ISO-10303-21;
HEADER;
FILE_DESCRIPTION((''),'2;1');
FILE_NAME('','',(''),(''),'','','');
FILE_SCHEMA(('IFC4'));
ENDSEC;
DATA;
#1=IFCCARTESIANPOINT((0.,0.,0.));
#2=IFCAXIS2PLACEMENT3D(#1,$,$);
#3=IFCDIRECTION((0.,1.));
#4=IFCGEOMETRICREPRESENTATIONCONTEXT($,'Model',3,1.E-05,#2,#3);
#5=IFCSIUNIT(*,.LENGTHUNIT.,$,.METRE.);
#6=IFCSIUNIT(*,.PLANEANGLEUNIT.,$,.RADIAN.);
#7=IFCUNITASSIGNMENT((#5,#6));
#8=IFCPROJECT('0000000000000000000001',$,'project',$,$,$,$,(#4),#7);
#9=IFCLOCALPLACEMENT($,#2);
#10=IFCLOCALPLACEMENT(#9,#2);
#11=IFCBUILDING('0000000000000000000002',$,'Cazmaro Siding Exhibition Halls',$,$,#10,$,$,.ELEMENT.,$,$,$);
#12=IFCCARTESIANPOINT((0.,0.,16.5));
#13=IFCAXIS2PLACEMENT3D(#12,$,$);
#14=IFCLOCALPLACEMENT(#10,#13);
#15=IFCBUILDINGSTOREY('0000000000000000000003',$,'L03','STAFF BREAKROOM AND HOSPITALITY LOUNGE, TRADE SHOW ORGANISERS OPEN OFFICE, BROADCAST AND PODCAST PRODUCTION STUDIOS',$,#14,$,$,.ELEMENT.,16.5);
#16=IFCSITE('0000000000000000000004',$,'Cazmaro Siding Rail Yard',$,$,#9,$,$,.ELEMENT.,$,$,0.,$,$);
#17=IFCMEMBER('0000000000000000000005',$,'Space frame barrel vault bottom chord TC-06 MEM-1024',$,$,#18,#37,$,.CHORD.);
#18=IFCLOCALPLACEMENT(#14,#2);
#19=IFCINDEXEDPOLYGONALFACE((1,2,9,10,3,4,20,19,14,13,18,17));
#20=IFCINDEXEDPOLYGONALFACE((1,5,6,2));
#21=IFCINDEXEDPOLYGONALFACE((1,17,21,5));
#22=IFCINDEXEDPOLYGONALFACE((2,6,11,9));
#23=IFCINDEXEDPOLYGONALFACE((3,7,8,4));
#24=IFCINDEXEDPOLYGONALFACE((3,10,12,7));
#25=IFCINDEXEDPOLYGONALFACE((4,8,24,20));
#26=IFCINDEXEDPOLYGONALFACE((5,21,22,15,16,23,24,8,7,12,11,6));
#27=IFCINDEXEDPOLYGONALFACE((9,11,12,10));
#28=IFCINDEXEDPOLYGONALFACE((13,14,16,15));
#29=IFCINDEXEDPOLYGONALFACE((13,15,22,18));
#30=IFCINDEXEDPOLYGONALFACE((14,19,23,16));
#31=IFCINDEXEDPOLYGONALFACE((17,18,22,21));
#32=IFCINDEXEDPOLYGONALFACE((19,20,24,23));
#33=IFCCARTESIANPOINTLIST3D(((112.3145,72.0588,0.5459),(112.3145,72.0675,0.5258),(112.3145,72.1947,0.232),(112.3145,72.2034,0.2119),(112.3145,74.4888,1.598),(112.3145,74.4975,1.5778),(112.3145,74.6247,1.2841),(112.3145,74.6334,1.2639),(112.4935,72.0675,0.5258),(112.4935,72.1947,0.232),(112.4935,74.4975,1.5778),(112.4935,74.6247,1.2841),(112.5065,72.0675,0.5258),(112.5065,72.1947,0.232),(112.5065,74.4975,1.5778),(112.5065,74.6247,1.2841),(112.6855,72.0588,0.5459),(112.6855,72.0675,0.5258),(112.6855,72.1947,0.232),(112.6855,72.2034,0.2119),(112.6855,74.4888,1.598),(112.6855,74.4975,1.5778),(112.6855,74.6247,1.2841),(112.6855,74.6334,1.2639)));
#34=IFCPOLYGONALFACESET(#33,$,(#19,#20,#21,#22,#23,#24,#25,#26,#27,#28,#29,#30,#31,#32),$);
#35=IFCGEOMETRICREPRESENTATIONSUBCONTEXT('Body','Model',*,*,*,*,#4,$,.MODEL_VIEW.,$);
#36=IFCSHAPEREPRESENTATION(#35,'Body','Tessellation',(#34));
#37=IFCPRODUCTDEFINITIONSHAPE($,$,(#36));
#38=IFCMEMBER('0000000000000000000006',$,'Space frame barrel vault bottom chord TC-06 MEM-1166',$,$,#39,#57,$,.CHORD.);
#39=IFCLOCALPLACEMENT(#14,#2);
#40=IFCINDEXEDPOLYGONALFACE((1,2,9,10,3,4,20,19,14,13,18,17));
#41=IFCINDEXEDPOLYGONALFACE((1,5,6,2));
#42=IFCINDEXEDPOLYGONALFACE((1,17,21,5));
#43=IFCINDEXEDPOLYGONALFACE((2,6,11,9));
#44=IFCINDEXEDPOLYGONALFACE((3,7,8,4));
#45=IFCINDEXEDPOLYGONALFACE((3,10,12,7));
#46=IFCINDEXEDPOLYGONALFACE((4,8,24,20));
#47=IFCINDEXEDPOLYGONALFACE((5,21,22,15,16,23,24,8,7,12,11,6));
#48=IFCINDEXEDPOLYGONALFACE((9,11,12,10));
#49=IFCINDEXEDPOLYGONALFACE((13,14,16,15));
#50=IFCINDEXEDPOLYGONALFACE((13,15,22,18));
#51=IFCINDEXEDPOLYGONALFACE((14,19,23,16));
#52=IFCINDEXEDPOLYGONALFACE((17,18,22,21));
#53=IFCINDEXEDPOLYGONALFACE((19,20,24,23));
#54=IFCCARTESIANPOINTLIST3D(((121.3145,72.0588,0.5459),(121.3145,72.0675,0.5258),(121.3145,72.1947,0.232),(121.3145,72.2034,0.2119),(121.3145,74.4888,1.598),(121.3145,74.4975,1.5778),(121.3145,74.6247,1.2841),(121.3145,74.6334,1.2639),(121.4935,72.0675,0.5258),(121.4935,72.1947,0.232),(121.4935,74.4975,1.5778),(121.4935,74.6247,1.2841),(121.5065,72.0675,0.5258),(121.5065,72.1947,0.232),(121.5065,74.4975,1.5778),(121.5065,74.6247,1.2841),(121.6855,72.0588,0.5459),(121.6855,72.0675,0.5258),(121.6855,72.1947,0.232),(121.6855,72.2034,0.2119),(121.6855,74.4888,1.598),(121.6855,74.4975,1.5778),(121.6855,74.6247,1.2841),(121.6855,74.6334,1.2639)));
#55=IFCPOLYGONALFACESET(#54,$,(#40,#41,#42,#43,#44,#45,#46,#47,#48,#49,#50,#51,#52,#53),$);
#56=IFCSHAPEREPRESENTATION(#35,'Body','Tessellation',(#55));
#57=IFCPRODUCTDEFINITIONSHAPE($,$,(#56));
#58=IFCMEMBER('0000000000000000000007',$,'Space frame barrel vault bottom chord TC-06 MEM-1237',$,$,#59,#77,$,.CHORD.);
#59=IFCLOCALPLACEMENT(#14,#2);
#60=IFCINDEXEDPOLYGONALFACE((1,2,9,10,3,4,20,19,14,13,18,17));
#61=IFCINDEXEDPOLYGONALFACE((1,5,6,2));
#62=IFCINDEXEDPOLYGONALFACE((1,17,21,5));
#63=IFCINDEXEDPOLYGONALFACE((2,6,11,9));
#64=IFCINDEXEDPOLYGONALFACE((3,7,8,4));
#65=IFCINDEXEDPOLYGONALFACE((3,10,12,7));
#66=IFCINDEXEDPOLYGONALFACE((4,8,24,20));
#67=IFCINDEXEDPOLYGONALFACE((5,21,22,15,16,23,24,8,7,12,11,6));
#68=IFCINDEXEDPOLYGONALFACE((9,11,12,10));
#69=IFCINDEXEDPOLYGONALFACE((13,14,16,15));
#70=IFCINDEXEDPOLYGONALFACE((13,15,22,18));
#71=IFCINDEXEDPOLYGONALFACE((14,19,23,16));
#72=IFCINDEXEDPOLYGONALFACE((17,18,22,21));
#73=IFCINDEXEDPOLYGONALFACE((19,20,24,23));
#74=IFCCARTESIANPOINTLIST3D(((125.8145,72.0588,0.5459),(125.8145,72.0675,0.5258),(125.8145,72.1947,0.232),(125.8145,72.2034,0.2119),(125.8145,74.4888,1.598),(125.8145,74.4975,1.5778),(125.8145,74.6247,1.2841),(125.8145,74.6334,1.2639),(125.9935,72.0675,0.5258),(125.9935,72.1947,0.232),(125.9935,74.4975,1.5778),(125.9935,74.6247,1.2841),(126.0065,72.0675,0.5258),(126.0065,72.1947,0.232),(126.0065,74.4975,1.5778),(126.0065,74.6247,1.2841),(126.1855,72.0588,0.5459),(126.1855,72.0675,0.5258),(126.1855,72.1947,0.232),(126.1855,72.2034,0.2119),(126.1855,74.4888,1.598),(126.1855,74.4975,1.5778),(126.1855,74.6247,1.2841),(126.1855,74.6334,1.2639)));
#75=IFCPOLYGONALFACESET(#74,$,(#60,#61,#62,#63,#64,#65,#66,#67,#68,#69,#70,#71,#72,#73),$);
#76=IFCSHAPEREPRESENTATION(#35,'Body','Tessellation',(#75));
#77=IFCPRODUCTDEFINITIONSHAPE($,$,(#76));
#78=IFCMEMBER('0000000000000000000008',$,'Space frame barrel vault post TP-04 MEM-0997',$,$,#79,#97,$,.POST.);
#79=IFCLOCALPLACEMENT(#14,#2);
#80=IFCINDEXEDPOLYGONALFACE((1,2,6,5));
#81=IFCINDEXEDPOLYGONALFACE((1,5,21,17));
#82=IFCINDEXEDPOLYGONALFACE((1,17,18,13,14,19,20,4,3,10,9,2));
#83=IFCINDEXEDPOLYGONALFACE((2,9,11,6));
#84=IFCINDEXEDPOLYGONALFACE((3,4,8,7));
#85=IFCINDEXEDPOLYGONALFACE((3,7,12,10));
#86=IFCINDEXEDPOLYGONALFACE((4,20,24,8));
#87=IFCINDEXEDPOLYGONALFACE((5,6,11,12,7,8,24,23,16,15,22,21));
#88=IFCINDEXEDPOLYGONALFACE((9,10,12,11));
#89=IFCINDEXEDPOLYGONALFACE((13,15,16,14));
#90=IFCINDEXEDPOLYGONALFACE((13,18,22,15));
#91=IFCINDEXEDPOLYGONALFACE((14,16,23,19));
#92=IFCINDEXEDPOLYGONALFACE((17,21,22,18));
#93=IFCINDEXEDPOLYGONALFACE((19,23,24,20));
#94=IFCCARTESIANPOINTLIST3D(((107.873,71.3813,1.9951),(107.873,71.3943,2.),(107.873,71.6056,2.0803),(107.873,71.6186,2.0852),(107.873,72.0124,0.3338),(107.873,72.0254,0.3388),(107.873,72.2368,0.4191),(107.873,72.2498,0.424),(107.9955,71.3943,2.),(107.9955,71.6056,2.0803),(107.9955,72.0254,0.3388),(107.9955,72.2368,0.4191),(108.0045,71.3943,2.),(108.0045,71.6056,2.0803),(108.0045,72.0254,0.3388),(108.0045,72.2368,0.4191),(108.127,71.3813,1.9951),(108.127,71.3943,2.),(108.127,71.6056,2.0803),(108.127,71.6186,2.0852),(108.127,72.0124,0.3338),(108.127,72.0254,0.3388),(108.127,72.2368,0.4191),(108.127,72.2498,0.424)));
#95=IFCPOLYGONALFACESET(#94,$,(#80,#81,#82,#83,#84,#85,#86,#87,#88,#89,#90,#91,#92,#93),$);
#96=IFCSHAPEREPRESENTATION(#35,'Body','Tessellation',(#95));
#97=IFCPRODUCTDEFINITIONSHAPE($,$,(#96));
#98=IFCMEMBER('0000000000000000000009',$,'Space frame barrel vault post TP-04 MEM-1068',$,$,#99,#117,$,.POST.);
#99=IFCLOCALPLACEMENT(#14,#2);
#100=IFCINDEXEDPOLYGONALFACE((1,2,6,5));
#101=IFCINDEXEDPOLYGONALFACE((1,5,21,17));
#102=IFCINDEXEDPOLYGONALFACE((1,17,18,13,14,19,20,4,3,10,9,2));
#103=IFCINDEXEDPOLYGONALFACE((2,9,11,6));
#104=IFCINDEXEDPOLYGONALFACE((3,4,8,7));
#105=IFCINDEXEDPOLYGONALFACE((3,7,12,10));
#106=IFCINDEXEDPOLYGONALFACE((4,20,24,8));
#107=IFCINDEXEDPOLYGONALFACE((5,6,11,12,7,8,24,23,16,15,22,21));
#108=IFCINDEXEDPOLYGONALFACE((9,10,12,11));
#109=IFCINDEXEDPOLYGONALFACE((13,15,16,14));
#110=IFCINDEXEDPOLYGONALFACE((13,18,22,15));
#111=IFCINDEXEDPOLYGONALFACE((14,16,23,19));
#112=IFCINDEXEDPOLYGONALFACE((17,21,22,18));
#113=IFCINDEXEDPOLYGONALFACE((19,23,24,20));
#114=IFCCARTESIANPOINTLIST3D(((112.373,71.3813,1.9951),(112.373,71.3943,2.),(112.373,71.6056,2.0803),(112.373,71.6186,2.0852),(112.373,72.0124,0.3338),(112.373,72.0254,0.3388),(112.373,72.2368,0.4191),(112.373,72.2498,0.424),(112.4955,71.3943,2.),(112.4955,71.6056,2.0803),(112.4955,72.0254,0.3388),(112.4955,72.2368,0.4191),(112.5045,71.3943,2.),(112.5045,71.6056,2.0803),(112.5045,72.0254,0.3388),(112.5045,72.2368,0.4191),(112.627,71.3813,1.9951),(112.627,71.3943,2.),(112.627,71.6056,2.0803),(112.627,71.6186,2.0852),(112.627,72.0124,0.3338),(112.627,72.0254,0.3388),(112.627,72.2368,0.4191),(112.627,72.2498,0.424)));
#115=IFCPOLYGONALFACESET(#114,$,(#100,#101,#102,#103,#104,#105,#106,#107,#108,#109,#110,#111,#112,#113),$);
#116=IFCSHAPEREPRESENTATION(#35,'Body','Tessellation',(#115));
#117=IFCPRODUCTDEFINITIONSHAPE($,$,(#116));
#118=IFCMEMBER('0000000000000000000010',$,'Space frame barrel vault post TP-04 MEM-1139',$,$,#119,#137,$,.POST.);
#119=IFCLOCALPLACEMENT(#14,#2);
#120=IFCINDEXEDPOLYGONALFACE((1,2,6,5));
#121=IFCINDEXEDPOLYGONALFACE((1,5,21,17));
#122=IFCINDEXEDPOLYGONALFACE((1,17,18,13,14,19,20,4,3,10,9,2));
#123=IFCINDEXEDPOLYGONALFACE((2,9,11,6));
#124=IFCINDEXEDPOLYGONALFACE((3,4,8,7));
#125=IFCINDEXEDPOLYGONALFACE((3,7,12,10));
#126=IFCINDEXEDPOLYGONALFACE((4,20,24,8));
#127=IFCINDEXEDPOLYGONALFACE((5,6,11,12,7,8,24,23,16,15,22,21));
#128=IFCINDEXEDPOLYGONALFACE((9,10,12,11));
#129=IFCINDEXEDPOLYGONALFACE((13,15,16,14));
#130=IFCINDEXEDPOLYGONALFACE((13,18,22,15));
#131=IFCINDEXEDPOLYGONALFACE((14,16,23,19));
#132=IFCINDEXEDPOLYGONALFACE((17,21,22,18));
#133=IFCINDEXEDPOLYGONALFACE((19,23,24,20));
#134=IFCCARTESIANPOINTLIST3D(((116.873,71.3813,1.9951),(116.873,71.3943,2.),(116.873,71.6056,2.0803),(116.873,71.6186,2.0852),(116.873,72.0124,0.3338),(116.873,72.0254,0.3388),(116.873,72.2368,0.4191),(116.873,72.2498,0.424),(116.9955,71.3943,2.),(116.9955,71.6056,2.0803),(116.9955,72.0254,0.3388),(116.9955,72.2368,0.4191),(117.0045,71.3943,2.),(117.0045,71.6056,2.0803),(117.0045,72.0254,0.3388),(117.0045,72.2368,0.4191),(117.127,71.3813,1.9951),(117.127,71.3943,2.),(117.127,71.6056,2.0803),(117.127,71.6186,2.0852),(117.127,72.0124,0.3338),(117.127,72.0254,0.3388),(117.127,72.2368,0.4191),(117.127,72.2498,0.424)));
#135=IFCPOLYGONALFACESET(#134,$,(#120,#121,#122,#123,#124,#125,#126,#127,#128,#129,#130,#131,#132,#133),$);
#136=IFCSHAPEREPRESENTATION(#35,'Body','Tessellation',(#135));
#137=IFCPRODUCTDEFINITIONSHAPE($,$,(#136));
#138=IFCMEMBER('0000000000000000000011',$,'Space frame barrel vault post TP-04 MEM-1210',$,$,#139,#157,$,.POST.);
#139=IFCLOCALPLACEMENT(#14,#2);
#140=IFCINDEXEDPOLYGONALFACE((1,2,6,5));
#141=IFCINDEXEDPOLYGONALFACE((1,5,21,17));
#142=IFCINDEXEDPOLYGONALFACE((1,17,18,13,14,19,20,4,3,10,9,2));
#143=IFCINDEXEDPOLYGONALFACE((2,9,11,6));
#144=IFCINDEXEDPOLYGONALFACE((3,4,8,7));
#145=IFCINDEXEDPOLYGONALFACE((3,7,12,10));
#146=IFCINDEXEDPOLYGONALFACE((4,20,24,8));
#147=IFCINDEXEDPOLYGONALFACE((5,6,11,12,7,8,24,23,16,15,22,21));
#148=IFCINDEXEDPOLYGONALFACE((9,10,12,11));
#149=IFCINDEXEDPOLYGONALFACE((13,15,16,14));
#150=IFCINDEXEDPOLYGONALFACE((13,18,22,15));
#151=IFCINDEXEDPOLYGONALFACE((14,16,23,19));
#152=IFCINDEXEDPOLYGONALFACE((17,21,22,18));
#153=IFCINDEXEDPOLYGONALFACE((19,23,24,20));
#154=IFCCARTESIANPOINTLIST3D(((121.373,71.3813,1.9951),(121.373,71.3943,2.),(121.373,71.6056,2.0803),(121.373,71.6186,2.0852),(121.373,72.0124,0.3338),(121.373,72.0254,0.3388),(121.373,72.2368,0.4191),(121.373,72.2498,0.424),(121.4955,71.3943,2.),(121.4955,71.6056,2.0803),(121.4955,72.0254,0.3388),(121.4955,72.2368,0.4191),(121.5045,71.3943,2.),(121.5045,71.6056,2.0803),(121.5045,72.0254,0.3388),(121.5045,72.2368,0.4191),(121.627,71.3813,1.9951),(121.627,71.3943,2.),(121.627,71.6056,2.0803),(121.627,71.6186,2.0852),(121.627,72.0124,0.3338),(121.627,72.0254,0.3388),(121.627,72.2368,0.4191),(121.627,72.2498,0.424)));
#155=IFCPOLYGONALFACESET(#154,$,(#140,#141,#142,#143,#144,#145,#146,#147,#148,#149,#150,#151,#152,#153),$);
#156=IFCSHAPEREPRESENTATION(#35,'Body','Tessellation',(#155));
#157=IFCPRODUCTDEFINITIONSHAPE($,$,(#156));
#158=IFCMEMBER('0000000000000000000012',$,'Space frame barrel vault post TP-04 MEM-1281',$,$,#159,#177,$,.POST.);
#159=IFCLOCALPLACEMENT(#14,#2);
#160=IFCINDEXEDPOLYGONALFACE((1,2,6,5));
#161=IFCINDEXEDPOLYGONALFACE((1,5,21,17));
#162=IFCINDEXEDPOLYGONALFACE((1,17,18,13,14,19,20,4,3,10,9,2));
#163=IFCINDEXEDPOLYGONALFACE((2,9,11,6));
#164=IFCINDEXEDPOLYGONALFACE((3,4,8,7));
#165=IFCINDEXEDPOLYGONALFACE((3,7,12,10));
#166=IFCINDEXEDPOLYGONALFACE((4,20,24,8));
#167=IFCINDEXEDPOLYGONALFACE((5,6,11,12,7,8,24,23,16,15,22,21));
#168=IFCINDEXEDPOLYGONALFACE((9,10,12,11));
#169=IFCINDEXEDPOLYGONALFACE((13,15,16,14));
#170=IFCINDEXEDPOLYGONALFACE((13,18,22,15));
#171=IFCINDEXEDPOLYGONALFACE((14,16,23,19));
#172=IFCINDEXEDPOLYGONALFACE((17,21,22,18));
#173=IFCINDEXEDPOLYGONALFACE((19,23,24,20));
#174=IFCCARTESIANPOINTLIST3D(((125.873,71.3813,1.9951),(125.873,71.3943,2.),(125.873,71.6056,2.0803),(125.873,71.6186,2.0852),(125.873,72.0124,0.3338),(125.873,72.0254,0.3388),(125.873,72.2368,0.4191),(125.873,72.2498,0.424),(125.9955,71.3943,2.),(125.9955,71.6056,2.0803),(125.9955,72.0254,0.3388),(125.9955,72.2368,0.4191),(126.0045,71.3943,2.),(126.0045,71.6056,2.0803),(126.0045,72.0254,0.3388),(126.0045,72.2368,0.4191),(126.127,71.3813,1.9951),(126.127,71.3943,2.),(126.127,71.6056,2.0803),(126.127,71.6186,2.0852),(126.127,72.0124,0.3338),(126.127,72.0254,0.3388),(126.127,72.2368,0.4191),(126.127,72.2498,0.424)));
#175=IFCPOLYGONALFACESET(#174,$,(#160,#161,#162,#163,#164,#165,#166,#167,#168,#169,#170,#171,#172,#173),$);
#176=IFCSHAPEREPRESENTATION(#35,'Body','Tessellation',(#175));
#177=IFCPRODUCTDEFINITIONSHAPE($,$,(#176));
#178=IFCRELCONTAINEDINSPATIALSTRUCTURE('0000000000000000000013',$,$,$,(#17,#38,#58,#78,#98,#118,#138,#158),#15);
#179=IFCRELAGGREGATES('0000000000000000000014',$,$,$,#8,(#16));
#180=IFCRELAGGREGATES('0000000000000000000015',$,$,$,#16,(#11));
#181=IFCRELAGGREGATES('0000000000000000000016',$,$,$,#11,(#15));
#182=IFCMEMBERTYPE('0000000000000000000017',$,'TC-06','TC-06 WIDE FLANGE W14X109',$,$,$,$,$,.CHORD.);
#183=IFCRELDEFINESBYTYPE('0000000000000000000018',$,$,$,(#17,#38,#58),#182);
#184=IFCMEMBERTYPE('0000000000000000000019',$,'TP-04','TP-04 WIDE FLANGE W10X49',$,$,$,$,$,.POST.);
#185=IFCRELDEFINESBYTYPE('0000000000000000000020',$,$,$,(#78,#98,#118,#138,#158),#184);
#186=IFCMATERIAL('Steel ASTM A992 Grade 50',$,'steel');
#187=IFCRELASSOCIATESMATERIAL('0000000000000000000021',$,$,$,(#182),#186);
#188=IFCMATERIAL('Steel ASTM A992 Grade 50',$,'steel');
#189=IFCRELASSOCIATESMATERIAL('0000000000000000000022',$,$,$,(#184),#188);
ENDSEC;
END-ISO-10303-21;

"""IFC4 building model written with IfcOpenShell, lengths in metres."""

from ifc_helpers import new_model, si_unit, direction, frame, origin, origin_2d, place, context, subcontext, project, spatial, i_section, extrude, material, material_profile, profile_set, type_object, element, save


model = new_model("IFC4")

# Units and contexts
model_context = context("Model", 3, precision=1e-05, world=origin(), true_north=direction((0.0, 1.0)))
body_context = subcontext(model_context, "Body", "Model", "MODEL_VIEW")
ifc_project = project(units=[si_unit("LENGTHUNIT", "METRE"), si_unit("PLANEANGLEUNIT", "RADIAN")], contexts=[model_context])

# Site, building, storey
site_placement = place(None, origin())
site = spatial("IfcSite", under=ifc_project, at=site_placement, Name="Cazmaro Siding Rail Yard", CompositionType="ELEMENT", RefElevation=0.0)
building_placement = place(site_placement, origin())
building = spatial("IfcBuilding", under=site, at=building_placement, Name="Cazmaro Siding Exhibition Halls", CompositionType="ELEMENT")
storey_placement = place(building_placement, frame((0.0, 0.0, 16.5)))
storey = spatial("IfcBuildingStorey", under=building, at=storey_placement, Name="L03", Description="STAFF BREAKROOM AND HOSPITALITY LOUNGE, TRADE SHOW ORGANISERS OPEN OFFICE, BROADCAST AND PODCAST PRODUCTION STUDIOS", CompositionType="ELEMENT", Elevation=16.5)

# Members
ifc_material_1 = material(Name="Steel ASTM A992 Grade 50", Category="steel")
ifc_material_profile_1 = material_profile(ifc_material_1, i_section(OverallWidth=0.3711, OverallDepth=0.364, WebThickness=0.0129, FlangeThickness=0.022, at=origin_2d()), Name="W14X109")
ifc_profile_set_1 = profile_set([ifc_material_profile_1], Name="Steel ASTM A992 Grade 50")
member_type_1 = type_object("IfcMemberType", Name="TC-06", Description="TC-06 WIDE FLANGE W14X109", PredefinedType="CHORD", material=ifc_profile_set_1)
for number, where, z_axis, x_axis, name in (
    (1, (112.5, 72.1311, 0.3789), (0.0, 0.917689, 0.397299), (-1.0, 0.0, 0.0), "Space frame barrel vault bottom chord TC-06 MEM-1024"),
    (2, (121.5, 72.1311, 0.3789), (0.0, 0.917689, 0.397299), (-1.0, 0.0, 0.0), "Space frame barrel vault bottom chord TC-06 MEM-1166"),
    (3, (126.0, 72.1311, 0.3789), (0.0, 0.917689, 0.397299), (-1.0, 0.0, 0.0), "Space frame barrel vault bottom chord TC-06 MEM-1237"),
):
    element("IfcMember", number, at=place(storey_placement, frame(where, z_axis=z_axis, x_axis=x_axis)), inside=storey, type_object=member_type_1, Name=name, PredefinedType="CHORD", context=body_context, shape_type="SweptSolid", body=[
        extrude(i_section(OverallWidth=0.3711, OverallDepth=0.364, WebThickness=0.0129, FlangeThickness=0.022, at=origin_2d()), origin(), (0.0, 0.0, 1.0), 2.6479),
    ])
ifc_material_2 = material(Name="Steel ASTM A992 Grade 50", Category="steel")
ifc_material_profile_2 = material_profile(ifc_material_2, i_section(OverallWidth=0.2539, OverallDepth=0.2539, WebThickness=0.009, FlangeThickness=0.0139, at=origin_2d()), Name="W10X49")
ifc_profile_set_2 = profile_set([ifc_material_profile_2], Name="Steel ASTM A992 Grade 50")
member_type_2 = type_object("IfcMemberType", Name="TP-04", Description="TP-04 WIDE FLANGE W10X49", PredefinedType="POST", material=ifc_profile_set_2)
for number, where, z_axis, x_axis, name in (
    (4, (108.0, 72.1311, 0.3789), (0.0, -0.355155, 0.934807), (1.0, 0.0, 0.0), "Space frame barrel vault post TP-04 MEM-0997"),
    (5, (112.5, 72.1311, 0.3789), (0.0, -0.355155, 0.934807), (1.0, 0.0, 0.0), "Space frame barrel vault post TP-04 MEM-1068"),
    (6, (117.0, 72.1311, 0.3789), (0.0, -0.355155, 0.934807), (1.0, 0.0, 0.0), "Space frame barrel vault post TP-04 MEM-1139"),
    (7, (121.5, 72.1311, 0.3789), (0.0, -0.355155, 0.934807), (1.0, 0.0, 0.0), "Space frame barrel vault post TP-04 MEM-1210"),
    (8, (126.0, 72.1311, 0.3789), (0.0, -0.355155, 0.934807), (1.0, 0.0, 0.0), "Space frame barrel vault post TP-04 MEM-1281"),
):
    element("IfcMember", number, at=place(storey_placement, frame(where, z_axis=z_axis, x_axis=x_axis)), inside=storey, type_object=member_type_2, Name=name, PredefinedType="POST", context=body_context, shape_type="SweptSolid", body=[
        extrude(i_section(OverallWidth=0.2539, OverallDepth=0.2539, WebThickness=0.009, FlangeThickness=0.0139, at=origin_2d()), origin(), (0.0, 0.0, 1.0), 1.7771),
    ])

save(model, "model.ifc")
